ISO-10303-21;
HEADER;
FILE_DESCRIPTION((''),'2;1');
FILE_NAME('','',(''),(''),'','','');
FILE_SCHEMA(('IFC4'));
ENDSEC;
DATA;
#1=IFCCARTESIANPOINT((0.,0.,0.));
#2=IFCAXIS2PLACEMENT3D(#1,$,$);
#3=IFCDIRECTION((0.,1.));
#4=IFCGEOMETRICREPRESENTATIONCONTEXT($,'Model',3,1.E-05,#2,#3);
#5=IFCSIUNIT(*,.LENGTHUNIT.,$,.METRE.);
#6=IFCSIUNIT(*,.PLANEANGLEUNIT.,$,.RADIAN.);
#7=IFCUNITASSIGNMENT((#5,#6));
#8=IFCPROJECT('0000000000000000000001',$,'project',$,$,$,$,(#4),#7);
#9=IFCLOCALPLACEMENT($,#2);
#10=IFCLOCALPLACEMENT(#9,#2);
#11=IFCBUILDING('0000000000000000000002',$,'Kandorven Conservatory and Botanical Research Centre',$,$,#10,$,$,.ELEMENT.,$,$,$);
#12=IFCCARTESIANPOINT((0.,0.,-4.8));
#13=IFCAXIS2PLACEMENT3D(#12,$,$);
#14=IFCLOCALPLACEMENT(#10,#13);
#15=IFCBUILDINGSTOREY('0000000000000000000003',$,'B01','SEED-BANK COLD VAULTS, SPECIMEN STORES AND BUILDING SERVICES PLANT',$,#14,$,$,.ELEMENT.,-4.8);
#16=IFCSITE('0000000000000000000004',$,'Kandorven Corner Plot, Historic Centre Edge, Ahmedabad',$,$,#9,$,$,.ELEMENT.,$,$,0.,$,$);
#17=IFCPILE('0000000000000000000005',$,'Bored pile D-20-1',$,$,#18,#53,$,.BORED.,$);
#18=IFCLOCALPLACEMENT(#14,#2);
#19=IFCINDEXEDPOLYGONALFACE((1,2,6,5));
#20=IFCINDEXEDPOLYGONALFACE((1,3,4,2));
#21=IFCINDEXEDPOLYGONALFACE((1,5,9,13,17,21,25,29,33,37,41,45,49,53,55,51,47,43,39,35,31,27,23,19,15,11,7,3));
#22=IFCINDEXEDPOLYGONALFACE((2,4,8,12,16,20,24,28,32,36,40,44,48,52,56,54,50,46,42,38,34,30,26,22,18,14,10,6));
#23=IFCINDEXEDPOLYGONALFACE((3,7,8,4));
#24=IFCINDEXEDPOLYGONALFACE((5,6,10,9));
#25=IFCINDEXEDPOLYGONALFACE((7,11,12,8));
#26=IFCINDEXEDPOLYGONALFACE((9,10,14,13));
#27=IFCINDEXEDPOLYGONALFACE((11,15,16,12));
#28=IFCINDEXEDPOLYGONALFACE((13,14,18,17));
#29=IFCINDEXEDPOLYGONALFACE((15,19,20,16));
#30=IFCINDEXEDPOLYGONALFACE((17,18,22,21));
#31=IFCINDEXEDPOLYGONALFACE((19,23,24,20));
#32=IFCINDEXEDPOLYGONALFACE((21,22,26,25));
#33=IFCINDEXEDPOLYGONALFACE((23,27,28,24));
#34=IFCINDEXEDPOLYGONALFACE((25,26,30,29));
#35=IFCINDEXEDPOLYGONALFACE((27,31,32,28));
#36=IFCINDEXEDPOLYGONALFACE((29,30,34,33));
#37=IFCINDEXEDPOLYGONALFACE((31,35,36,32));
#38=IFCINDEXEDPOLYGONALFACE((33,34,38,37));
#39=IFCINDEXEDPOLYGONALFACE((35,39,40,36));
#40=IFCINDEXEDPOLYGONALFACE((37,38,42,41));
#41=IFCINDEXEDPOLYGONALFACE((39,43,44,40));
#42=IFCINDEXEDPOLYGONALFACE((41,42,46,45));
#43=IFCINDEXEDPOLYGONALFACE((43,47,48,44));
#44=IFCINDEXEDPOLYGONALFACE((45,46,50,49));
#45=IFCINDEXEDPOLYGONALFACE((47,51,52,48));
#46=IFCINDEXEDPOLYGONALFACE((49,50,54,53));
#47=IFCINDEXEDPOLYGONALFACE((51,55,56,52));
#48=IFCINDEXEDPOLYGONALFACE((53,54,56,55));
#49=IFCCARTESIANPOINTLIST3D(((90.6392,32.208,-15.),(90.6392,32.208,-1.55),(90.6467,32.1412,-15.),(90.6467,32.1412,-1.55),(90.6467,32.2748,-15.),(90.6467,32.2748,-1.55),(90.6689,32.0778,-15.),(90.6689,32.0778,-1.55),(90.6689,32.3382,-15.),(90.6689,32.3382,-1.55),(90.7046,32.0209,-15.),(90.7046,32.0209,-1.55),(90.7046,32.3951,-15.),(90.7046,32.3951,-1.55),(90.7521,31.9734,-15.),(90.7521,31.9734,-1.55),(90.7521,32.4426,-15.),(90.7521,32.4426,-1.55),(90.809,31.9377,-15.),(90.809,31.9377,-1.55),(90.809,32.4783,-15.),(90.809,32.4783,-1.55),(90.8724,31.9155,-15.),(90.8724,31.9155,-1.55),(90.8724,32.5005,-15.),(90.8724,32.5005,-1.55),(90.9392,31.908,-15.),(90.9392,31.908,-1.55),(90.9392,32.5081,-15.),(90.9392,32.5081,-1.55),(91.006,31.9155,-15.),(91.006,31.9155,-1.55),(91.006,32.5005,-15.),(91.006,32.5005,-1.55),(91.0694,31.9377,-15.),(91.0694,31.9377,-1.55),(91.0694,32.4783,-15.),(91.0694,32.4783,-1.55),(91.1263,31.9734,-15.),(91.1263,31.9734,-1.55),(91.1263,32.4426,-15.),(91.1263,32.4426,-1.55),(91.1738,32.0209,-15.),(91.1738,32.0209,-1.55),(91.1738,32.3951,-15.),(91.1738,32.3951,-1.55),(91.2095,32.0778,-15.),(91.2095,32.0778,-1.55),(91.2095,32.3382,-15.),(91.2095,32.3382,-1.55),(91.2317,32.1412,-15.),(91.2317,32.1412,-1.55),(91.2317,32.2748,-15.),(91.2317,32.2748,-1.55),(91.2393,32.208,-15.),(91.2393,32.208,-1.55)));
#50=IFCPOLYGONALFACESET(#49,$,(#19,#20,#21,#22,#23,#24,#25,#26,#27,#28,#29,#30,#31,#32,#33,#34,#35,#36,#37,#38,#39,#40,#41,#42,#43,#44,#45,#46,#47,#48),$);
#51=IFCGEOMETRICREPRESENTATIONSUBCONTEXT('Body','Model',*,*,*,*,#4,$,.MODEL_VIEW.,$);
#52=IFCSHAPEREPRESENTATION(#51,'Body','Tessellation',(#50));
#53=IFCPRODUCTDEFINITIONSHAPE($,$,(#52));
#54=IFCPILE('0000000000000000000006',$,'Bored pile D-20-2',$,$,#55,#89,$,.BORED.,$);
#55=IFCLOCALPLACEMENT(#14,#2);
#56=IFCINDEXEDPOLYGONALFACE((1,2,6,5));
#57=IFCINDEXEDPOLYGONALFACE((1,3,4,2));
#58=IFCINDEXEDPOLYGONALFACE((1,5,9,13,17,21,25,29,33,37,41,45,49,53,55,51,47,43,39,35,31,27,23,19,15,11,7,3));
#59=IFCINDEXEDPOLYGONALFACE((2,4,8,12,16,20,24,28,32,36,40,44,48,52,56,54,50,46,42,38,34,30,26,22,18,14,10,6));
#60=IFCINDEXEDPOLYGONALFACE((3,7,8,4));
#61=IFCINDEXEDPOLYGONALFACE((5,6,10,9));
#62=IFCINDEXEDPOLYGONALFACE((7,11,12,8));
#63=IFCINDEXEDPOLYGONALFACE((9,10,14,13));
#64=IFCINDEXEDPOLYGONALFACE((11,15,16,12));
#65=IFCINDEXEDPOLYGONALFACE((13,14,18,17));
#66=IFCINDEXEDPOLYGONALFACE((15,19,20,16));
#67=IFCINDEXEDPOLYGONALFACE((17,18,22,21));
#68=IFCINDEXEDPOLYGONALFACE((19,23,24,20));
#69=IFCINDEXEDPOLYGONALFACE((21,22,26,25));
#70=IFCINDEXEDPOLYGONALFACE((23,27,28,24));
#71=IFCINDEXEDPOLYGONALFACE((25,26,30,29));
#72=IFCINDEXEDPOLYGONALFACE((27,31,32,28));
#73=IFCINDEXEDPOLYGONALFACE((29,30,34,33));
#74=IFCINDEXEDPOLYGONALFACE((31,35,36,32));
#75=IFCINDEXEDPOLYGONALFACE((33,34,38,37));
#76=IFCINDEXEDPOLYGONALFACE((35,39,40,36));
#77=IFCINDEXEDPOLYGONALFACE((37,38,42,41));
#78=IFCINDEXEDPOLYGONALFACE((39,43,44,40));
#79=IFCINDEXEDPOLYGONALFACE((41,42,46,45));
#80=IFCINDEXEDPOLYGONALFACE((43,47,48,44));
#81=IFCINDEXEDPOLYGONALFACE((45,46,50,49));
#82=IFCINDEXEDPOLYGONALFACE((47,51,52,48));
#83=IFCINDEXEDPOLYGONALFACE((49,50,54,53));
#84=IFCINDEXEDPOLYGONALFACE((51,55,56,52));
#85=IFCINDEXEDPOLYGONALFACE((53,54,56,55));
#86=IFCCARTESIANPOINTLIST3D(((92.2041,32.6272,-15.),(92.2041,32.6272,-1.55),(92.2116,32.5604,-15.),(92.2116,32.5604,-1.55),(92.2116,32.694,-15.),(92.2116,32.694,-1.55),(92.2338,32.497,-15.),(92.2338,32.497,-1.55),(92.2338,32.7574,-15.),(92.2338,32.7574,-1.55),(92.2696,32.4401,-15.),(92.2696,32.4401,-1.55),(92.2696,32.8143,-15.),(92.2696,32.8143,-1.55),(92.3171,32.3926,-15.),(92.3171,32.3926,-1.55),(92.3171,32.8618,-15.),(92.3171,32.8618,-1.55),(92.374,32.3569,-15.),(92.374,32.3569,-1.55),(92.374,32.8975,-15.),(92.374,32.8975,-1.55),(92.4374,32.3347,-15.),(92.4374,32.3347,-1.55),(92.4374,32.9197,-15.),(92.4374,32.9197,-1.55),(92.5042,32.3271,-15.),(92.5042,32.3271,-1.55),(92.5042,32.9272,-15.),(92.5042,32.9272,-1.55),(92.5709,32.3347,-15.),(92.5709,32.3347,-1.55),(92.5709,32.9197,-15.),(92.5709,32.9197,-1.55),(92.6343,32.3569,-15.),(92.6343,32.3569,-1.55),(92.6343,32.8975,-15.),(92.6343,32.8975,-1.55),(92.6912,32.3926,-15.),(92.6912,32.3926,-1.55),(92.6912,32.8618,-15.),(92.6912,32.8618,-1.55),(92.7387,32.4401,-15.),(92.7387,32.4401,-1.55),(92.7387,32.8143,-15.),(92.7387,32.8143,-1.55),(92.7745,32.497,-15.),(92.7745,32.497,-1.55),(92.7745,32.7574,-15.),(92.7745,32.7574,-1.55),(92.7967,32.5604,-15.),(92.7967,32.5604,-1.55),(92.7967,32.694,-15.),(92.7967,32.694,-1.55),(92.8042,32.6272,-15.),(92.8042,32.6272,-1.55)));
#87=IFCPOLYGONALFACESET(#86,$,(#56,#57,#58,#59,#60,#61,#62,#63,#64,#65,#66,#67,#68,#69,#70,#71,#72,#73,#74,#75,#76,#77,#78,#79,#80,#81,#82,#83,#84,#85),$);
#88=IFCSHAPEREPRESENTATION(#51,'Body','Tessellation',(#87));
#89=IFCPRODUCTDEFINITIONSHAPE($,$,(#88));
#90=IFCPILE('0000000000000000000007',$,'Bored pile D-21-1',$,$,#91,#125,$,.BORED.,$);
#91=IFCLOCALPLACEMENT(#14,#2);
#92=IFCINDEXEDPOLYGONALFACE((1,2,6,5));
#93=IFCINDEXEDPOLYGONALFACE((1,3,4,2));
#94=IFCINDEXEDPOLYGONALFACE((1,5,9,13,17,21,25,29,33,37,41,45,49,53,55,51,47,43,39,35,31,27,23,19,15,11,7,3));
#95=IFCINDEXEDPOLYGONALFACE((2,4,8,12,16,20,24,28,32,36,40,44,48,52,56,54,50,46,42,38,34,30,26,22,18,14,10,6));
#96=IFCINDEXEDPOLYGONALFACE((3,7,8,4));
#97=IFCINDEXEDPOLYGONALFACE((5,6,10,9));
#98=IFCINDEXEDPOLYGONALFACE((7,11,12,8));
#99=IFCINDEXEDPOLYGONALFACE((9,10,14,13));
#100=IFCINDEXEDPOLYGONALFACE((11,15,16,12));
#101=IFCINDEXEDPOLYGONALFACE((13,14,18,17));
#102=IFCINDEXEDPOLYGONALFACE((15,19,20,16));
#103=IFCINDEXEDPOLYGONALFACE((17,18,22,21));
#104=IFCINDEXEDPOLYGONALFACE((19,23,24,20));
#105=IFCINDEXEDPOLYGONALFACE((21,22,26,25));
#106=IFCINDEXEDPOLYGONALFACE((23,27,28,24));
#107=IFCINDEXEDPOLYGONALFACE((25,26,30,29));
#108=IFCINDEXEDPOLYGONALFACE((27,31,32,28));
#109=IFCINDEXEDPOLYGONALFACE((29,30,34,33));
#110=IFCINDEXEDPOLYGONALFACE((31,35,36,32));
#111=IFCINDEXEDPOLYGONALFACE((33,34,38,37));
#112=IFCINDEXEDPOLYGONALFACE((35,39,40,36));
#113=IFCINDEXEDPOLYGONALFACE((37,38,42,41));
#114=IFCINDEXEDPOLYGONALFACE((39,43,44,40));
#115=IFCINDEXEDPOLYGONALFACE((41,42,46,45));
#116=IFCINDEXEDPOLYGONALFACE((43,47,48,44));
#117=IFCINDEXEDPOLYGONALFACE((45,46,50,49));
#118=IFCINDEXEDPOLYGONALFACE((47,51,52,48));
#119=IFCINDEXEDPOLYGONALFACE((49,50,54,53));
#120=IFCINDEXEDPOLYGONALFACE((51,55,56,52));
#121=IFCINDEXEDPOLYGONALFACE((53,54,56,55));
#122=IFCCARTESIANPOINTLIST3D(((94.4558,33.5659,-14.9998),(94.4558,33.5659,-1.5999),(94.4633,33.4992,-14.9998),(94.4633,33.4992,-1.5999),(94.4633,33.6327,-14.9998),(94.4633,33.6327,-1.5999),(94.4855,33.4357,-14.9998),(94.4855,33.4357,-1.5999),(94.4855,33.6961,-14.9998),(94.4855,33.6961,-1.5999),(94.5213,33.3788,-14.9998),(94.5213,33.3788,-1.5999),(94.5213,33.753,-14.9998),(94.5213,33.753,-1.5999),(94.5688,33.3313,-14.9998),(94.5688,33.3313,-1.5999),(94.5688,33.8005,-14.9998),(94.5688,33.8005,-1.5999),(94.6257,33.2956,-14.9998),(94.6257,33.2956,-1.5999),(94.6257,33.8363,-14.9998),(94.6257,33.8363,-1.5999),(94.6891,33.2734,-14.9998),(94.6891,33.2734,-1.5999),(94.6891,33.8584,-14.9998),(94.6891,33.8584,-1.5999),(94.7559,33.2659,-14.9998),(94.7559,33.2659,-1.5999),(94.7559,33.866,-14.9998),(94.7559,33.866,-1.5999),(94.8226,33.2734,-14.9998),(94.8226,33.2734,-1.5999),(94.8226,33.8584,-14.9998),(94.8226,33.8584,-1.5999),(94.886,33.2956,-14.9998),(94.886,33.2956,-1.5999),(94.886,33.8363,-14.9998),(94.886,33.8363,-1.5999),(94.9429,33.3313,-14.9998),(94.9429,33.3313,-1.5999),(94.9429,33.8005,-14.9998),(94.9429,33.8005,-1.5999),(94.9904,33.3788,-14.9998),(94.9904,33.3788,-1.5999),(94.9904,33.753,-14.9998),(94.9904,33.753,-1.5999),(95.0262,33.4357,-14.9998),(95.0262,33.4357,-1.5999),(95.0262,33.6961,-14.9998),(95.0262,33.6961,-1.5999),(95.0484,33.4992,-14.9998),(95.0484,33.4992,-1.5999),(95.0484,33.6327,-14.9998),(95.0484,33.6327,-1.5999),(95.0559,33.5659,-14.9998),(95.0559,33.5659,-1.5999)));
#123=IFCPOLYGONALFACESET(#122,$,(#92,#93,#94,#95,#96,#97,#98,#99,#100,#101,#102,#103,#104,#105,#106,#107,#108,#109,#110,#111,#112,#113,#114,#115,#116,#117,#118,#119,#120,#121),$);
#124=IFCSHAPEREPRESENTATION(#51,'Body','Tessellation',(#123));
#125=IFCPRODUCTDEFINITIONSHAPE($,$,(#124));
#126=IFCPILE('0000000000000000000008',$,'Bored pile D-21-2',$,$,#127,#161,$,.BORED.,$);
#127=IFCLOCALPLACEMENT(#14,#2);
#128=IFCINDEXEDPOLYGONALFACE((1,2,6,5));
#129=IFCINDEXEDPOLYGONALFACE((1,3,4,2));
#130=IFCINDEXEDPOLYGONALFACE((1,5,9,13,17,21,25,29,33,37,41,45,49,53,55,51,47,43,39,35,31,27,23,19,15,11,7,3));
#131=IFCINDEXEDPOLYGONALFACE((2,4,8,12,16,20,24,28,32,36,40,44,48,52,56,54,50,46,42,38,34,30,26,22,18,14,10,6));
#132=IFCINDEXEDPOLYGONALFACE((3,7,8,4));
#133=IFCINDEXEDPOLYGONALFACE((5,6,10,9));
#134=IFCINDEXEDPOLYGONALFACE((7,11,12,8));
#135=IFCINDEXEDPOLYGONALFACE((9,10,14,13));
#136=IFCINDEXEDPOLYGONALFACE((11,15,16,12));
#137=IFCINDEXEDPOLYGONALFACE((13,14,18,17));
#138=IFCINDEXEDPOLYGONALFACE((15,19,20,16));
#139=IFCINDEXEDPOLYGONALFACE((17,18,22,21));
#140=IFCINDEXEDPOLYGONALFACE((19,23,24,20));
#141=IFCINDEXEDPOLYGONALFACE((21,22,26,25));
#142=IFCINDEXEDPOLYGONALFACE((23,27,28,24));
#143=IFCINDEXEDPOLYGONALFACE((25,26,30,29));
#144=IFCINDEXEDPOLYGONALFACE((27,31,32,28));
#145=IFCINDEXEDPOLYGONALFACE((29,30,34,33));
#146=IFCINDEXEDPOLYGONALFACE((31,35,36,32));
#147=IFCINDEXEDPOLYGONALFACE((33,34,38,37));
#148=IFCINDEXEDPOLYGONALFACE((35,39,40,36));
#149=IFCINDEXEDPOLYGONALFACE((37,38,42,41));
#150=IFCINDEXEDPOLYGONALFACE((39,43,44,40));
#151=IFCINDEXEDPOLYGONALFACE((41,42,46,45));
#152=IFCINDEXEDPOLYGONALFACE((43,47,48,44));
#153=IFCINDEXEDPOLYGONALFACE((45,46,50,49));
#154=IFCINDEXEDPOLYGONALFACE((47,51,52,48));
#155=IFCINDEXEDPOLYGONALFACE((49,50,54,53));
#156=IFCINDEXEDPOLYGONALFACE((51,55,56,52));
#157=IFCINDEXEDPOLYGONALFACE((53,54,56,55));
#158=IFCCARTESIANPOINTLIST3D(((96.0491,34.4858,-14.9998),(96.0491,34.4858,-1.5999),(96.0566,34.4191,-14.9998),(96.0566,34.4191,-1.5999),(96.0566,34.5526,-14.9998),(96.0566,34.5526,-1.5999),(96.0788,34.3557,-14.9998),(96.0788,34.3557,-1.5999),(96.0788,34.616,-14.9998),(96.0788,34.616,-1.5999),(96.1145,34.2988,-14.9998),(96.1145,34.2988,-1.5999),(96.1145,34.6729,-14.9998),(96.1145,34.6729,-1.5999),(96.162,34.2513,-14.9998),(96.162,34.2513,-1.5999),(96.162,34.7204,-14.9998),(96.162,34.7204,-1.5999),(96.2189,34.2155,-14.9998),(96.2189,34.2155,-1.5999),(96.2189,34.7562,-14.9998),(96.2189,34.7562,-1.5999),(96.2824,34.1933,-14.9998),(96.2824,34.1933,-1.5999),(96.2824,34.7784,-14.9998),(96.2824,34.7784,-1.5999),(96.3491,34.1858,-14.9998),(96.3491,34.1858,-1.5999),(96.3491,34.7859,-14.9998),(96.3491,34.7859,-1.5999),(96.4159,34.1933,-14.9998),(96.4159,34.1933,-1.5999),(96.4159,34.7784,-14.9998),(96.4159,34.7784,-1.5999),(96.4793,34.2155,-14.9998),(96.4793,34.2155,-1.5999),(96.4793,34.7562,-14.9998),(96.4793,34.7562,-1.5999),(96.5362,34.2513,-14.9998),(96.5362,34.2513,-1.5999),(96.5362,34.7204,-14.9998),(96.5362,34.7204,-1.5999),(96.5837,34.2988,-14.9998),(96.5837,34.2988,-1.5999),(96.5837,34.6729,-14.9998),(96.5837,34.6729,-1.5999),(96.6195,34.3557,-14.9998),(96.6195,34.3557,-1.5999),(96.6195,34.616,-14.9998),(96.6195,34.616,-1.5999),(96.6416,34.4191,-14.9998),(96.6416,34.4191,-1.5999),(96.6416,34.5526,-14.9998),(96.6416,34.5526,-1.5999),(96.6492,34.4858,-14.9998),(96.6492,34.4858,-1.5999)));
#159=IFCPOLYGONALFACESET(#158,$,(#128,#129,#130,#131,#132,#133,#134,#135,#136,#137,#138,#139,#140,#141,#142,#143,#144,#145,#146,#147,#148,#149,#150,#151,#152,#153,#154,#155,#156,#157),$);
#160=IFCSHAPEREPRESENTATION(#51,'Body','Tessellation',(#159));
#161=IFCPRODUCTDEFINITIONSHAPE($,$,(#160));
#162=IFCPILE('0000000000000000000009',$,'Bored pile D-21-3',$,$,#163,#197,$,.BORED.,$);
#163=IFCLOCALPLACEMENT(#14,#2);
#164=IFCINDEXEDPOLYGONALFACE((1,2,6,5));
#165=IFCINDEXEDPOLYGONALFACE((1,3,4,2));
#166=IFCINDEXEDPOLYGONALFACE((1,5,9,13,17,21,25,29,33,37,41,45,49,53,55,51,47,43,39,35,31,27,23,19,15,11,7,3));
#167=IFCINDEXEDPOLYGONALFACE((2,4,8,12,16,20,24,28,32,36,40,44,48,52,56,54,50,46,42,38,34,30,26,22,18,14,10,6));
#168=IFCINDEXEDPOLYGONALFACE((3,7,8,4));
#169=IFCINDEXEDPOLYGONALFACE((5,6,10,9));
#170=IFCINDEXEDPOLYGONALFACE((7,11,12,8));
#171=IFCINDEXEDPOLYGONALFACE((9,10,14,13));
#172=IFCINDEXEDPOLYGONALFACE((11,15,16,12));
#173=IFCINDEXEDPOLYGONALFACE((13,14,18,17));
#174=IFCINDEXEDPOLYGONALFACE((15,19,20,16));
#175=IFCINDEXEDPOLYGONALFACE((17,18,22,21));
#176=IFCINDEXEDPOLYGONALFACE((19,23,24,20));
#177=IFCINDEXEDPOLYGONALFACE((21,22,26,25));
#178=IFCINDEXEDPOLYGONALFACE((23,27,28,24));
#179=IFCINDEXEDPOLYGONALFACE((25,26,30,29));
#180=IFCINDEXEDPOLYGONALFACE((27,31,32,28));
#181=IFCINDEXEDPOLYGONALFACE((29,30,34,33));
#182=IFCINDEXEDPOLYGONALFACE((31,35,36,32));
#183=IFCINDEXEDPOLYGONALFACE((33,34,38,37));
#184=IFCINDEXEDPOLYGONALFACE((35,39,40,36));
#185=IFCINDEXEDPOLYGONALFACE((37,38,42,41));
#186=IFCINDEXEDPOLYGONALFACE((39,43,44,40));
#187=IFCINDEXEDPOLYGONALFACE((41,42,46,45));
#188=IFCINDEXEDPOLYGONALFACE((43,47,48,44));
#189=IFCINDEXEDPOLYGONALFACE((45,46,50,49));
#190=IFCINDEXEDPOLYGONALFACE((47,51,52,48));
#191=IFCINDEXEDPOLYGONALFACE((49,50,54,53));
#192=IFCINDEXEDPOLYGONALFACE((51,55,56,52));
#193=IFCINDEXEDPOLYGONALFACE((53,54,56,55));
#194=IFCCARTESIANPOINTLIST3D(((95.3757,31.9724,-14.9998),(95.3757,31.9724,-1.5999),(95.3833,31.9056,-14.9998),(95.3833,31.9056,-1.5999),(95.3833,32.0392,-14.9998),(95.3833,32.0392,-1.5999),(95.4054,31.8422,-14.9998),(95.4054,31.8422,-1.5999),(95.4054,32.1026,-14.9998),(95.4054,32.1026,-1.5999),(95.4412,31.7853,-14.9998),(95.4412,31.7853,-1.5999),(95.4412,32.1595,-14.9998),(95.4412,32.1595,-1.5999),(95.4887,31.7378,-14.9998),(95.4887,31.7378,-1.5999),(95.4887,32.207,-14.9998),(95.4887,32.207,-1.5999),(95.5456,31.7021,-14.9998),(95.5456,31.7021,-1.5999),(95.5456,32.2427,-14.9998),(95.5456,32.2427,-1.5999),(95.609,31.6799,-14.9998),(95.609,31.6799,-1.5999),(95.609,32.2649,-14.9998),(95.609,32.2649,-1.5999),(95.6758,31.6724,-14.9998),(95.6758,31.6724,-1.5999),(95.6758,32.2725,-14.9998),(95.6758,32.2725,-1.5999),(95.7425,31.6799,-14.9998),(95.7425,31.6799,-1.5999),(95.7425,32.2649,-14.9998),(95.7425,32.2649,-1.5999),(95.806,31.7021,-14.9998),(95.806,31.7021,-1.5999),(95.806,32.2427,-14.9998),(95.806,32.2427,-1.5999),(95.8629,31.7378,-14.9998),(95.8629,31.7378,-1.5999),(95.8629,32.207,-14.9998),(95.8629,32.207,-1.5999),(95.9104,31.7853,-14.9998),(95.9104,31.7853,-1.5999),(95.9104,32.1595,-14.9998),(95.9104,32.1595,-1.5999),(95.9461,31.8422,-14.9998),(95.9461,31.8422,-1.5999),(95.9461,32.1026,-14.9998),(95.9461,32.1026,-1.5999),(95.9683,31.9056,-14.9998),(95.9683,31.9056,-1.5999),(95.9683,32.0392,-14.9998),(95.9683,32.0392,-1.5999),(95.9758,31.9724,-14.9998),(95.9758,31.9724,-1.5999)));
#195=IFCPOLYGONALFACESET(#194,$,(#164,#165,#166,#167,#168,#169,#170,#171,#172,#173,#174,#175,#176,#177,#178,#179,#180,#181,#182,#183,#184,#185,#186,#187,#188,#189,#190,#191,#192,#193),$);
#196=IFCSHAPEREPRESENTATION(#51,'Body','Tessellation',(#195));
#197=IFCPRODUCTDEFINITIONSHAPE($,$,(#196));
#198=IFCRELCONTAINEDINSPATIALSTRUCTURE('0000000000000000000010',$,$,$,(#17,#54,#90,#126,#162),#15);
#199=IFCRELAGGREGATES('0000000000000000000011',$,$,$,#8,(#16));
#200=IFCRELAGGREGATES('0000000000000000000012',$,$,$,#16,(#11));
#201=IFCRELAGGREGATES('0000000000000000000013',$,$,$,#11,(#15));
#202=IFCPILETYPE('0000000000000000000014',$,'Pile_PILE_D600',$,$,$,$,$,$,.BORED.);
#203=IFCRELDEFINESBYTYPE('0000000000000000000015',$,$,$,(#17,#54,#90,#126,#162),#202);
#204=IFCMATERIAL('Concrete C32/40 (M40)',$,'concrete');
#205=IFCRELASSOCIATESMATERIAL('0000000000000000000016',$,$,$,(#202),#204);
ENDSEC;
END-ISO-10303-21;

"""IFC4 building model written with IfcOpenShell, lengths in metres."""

from ifc_helpers import new_model, si_unit, direction, frame, origin, origin_2d, place, context, subcontext, project, spatial, circle, extrude, material, material_profile, profile_set, type_object, element, save


model = new_model("IFC4")

# Units and contexts
model_context = context("Model", 3, precision=1e-05, world=origin(), true_north=direction((0.0, 1.0)))
body_context = subcontext(model_context, "Body", "Model", "MODEL_VIEW")
ifc_project = project(units=[si_unit("LENGTHUNIT", "METRE"), si_unit("PLANEANGLEUNIT", "RADIAN")], contexts=[model_context])

# Site, building, storey
site_placement = place(None, origin())
site = spatial("IfcSite", under=ifc_project, at=site_placement, Name="Kandorven Corner Plot, Historic Centre Edge, Ahmedabad", CompositionType="ELEMENT", RefElevation=0.0)
building_placement = place(site_placement, origin())
building = spatial("IfcBuilding", under=site, at=building_placement, Name="Kandorven Conservatory and Botanical Research Centre", CompositionType="ELEMENT")
storey_placement = place(building_placement, frame((0.0, 0.0, -4.8)))
storey = spatial("IfcBuildingStorey", under=building, at=storey_placement, Name="B01", Description="SEED-BANK COLD VAULTS, SPECIMEN STORES AND BUILDING SERVICES PLANT", CompositionType="ELEMENT", Elevation=-4.8)

# Piles
ifc_material_1 = material(Name="Concrete C32/40 (M40)", Category="concrete")
ifc_material_profile_1 = material_profile(ifc_material_1, circle(Radius=0.3, at=origin_2d()))
ifc_profile_set_1 = profile_set([ifc_material_profile_1], Name="Concrete C32/40 (M40)")
pile_type = type_object("IfcPileType", Name="Pile_PILE_D600", PredefinedType="BORED", material=ifc_profile_set_1)
for number, where, z_axis, x_axis, name in (
    (1, (90.9392, 32.208, -1.55), (0.0, 0.0, -1.0), (1.0, 0.0, 0.0), "Bored pile D-20-1"),
    (2, (92.5042, 32.6272, -1.55), (0.0, 0.0, -1.0), (1.0, 0.0, 0.0), "Bored pile D-20-2"),
):
    element("IfcPile", number, at=place(storey_placement, frame(where, z_axis=z_axis, x_axis=x_axis)), inside=storey, type_object=pile_type, Name=name, PredefinedType="BORED", context=body_context, shape_type="SweptSolid", body=[
        extrude(circle(Radius=0.3, at=origin_2d()), origin(), (0.0, 0.0, 1.0), 13.45),
    ])
for number, where, z_axis, x_axis, name in (
    (3, (94.7559, 33.5659, -1.5999), (0.0, 0.0, -1.0), (1.0, 0.0, 0.0), "Bored pile D-21-1"),
    (4, (96.3491, 34.4858, -1.5999), (0.0, 0.0, -1.0), (1.0, 0.0, 0.0), "Bored pile D-21-2"),
    (5, (95.6758, 31.9724, -1.5999), (0.0, 0.0, -1.0), (1.0, 0.0, 0.0), "Bored pile D-21-3"),
):
    element("IfcPile", number, at=place(storey_placement, frame(where, z_axis=z_axis, x_axis=x_axis)), inside=storey, type_object=pile_type, Name=name, PredefinedType="BORED", context=body_context, shape_type="SweptSolid", body=[
        extrude(circle(Radius=0.3, at=origin_2d()), origin(), (0.0, 0.0, 1.0), 13.3999),
    ])

save(model, "model.ifc")
